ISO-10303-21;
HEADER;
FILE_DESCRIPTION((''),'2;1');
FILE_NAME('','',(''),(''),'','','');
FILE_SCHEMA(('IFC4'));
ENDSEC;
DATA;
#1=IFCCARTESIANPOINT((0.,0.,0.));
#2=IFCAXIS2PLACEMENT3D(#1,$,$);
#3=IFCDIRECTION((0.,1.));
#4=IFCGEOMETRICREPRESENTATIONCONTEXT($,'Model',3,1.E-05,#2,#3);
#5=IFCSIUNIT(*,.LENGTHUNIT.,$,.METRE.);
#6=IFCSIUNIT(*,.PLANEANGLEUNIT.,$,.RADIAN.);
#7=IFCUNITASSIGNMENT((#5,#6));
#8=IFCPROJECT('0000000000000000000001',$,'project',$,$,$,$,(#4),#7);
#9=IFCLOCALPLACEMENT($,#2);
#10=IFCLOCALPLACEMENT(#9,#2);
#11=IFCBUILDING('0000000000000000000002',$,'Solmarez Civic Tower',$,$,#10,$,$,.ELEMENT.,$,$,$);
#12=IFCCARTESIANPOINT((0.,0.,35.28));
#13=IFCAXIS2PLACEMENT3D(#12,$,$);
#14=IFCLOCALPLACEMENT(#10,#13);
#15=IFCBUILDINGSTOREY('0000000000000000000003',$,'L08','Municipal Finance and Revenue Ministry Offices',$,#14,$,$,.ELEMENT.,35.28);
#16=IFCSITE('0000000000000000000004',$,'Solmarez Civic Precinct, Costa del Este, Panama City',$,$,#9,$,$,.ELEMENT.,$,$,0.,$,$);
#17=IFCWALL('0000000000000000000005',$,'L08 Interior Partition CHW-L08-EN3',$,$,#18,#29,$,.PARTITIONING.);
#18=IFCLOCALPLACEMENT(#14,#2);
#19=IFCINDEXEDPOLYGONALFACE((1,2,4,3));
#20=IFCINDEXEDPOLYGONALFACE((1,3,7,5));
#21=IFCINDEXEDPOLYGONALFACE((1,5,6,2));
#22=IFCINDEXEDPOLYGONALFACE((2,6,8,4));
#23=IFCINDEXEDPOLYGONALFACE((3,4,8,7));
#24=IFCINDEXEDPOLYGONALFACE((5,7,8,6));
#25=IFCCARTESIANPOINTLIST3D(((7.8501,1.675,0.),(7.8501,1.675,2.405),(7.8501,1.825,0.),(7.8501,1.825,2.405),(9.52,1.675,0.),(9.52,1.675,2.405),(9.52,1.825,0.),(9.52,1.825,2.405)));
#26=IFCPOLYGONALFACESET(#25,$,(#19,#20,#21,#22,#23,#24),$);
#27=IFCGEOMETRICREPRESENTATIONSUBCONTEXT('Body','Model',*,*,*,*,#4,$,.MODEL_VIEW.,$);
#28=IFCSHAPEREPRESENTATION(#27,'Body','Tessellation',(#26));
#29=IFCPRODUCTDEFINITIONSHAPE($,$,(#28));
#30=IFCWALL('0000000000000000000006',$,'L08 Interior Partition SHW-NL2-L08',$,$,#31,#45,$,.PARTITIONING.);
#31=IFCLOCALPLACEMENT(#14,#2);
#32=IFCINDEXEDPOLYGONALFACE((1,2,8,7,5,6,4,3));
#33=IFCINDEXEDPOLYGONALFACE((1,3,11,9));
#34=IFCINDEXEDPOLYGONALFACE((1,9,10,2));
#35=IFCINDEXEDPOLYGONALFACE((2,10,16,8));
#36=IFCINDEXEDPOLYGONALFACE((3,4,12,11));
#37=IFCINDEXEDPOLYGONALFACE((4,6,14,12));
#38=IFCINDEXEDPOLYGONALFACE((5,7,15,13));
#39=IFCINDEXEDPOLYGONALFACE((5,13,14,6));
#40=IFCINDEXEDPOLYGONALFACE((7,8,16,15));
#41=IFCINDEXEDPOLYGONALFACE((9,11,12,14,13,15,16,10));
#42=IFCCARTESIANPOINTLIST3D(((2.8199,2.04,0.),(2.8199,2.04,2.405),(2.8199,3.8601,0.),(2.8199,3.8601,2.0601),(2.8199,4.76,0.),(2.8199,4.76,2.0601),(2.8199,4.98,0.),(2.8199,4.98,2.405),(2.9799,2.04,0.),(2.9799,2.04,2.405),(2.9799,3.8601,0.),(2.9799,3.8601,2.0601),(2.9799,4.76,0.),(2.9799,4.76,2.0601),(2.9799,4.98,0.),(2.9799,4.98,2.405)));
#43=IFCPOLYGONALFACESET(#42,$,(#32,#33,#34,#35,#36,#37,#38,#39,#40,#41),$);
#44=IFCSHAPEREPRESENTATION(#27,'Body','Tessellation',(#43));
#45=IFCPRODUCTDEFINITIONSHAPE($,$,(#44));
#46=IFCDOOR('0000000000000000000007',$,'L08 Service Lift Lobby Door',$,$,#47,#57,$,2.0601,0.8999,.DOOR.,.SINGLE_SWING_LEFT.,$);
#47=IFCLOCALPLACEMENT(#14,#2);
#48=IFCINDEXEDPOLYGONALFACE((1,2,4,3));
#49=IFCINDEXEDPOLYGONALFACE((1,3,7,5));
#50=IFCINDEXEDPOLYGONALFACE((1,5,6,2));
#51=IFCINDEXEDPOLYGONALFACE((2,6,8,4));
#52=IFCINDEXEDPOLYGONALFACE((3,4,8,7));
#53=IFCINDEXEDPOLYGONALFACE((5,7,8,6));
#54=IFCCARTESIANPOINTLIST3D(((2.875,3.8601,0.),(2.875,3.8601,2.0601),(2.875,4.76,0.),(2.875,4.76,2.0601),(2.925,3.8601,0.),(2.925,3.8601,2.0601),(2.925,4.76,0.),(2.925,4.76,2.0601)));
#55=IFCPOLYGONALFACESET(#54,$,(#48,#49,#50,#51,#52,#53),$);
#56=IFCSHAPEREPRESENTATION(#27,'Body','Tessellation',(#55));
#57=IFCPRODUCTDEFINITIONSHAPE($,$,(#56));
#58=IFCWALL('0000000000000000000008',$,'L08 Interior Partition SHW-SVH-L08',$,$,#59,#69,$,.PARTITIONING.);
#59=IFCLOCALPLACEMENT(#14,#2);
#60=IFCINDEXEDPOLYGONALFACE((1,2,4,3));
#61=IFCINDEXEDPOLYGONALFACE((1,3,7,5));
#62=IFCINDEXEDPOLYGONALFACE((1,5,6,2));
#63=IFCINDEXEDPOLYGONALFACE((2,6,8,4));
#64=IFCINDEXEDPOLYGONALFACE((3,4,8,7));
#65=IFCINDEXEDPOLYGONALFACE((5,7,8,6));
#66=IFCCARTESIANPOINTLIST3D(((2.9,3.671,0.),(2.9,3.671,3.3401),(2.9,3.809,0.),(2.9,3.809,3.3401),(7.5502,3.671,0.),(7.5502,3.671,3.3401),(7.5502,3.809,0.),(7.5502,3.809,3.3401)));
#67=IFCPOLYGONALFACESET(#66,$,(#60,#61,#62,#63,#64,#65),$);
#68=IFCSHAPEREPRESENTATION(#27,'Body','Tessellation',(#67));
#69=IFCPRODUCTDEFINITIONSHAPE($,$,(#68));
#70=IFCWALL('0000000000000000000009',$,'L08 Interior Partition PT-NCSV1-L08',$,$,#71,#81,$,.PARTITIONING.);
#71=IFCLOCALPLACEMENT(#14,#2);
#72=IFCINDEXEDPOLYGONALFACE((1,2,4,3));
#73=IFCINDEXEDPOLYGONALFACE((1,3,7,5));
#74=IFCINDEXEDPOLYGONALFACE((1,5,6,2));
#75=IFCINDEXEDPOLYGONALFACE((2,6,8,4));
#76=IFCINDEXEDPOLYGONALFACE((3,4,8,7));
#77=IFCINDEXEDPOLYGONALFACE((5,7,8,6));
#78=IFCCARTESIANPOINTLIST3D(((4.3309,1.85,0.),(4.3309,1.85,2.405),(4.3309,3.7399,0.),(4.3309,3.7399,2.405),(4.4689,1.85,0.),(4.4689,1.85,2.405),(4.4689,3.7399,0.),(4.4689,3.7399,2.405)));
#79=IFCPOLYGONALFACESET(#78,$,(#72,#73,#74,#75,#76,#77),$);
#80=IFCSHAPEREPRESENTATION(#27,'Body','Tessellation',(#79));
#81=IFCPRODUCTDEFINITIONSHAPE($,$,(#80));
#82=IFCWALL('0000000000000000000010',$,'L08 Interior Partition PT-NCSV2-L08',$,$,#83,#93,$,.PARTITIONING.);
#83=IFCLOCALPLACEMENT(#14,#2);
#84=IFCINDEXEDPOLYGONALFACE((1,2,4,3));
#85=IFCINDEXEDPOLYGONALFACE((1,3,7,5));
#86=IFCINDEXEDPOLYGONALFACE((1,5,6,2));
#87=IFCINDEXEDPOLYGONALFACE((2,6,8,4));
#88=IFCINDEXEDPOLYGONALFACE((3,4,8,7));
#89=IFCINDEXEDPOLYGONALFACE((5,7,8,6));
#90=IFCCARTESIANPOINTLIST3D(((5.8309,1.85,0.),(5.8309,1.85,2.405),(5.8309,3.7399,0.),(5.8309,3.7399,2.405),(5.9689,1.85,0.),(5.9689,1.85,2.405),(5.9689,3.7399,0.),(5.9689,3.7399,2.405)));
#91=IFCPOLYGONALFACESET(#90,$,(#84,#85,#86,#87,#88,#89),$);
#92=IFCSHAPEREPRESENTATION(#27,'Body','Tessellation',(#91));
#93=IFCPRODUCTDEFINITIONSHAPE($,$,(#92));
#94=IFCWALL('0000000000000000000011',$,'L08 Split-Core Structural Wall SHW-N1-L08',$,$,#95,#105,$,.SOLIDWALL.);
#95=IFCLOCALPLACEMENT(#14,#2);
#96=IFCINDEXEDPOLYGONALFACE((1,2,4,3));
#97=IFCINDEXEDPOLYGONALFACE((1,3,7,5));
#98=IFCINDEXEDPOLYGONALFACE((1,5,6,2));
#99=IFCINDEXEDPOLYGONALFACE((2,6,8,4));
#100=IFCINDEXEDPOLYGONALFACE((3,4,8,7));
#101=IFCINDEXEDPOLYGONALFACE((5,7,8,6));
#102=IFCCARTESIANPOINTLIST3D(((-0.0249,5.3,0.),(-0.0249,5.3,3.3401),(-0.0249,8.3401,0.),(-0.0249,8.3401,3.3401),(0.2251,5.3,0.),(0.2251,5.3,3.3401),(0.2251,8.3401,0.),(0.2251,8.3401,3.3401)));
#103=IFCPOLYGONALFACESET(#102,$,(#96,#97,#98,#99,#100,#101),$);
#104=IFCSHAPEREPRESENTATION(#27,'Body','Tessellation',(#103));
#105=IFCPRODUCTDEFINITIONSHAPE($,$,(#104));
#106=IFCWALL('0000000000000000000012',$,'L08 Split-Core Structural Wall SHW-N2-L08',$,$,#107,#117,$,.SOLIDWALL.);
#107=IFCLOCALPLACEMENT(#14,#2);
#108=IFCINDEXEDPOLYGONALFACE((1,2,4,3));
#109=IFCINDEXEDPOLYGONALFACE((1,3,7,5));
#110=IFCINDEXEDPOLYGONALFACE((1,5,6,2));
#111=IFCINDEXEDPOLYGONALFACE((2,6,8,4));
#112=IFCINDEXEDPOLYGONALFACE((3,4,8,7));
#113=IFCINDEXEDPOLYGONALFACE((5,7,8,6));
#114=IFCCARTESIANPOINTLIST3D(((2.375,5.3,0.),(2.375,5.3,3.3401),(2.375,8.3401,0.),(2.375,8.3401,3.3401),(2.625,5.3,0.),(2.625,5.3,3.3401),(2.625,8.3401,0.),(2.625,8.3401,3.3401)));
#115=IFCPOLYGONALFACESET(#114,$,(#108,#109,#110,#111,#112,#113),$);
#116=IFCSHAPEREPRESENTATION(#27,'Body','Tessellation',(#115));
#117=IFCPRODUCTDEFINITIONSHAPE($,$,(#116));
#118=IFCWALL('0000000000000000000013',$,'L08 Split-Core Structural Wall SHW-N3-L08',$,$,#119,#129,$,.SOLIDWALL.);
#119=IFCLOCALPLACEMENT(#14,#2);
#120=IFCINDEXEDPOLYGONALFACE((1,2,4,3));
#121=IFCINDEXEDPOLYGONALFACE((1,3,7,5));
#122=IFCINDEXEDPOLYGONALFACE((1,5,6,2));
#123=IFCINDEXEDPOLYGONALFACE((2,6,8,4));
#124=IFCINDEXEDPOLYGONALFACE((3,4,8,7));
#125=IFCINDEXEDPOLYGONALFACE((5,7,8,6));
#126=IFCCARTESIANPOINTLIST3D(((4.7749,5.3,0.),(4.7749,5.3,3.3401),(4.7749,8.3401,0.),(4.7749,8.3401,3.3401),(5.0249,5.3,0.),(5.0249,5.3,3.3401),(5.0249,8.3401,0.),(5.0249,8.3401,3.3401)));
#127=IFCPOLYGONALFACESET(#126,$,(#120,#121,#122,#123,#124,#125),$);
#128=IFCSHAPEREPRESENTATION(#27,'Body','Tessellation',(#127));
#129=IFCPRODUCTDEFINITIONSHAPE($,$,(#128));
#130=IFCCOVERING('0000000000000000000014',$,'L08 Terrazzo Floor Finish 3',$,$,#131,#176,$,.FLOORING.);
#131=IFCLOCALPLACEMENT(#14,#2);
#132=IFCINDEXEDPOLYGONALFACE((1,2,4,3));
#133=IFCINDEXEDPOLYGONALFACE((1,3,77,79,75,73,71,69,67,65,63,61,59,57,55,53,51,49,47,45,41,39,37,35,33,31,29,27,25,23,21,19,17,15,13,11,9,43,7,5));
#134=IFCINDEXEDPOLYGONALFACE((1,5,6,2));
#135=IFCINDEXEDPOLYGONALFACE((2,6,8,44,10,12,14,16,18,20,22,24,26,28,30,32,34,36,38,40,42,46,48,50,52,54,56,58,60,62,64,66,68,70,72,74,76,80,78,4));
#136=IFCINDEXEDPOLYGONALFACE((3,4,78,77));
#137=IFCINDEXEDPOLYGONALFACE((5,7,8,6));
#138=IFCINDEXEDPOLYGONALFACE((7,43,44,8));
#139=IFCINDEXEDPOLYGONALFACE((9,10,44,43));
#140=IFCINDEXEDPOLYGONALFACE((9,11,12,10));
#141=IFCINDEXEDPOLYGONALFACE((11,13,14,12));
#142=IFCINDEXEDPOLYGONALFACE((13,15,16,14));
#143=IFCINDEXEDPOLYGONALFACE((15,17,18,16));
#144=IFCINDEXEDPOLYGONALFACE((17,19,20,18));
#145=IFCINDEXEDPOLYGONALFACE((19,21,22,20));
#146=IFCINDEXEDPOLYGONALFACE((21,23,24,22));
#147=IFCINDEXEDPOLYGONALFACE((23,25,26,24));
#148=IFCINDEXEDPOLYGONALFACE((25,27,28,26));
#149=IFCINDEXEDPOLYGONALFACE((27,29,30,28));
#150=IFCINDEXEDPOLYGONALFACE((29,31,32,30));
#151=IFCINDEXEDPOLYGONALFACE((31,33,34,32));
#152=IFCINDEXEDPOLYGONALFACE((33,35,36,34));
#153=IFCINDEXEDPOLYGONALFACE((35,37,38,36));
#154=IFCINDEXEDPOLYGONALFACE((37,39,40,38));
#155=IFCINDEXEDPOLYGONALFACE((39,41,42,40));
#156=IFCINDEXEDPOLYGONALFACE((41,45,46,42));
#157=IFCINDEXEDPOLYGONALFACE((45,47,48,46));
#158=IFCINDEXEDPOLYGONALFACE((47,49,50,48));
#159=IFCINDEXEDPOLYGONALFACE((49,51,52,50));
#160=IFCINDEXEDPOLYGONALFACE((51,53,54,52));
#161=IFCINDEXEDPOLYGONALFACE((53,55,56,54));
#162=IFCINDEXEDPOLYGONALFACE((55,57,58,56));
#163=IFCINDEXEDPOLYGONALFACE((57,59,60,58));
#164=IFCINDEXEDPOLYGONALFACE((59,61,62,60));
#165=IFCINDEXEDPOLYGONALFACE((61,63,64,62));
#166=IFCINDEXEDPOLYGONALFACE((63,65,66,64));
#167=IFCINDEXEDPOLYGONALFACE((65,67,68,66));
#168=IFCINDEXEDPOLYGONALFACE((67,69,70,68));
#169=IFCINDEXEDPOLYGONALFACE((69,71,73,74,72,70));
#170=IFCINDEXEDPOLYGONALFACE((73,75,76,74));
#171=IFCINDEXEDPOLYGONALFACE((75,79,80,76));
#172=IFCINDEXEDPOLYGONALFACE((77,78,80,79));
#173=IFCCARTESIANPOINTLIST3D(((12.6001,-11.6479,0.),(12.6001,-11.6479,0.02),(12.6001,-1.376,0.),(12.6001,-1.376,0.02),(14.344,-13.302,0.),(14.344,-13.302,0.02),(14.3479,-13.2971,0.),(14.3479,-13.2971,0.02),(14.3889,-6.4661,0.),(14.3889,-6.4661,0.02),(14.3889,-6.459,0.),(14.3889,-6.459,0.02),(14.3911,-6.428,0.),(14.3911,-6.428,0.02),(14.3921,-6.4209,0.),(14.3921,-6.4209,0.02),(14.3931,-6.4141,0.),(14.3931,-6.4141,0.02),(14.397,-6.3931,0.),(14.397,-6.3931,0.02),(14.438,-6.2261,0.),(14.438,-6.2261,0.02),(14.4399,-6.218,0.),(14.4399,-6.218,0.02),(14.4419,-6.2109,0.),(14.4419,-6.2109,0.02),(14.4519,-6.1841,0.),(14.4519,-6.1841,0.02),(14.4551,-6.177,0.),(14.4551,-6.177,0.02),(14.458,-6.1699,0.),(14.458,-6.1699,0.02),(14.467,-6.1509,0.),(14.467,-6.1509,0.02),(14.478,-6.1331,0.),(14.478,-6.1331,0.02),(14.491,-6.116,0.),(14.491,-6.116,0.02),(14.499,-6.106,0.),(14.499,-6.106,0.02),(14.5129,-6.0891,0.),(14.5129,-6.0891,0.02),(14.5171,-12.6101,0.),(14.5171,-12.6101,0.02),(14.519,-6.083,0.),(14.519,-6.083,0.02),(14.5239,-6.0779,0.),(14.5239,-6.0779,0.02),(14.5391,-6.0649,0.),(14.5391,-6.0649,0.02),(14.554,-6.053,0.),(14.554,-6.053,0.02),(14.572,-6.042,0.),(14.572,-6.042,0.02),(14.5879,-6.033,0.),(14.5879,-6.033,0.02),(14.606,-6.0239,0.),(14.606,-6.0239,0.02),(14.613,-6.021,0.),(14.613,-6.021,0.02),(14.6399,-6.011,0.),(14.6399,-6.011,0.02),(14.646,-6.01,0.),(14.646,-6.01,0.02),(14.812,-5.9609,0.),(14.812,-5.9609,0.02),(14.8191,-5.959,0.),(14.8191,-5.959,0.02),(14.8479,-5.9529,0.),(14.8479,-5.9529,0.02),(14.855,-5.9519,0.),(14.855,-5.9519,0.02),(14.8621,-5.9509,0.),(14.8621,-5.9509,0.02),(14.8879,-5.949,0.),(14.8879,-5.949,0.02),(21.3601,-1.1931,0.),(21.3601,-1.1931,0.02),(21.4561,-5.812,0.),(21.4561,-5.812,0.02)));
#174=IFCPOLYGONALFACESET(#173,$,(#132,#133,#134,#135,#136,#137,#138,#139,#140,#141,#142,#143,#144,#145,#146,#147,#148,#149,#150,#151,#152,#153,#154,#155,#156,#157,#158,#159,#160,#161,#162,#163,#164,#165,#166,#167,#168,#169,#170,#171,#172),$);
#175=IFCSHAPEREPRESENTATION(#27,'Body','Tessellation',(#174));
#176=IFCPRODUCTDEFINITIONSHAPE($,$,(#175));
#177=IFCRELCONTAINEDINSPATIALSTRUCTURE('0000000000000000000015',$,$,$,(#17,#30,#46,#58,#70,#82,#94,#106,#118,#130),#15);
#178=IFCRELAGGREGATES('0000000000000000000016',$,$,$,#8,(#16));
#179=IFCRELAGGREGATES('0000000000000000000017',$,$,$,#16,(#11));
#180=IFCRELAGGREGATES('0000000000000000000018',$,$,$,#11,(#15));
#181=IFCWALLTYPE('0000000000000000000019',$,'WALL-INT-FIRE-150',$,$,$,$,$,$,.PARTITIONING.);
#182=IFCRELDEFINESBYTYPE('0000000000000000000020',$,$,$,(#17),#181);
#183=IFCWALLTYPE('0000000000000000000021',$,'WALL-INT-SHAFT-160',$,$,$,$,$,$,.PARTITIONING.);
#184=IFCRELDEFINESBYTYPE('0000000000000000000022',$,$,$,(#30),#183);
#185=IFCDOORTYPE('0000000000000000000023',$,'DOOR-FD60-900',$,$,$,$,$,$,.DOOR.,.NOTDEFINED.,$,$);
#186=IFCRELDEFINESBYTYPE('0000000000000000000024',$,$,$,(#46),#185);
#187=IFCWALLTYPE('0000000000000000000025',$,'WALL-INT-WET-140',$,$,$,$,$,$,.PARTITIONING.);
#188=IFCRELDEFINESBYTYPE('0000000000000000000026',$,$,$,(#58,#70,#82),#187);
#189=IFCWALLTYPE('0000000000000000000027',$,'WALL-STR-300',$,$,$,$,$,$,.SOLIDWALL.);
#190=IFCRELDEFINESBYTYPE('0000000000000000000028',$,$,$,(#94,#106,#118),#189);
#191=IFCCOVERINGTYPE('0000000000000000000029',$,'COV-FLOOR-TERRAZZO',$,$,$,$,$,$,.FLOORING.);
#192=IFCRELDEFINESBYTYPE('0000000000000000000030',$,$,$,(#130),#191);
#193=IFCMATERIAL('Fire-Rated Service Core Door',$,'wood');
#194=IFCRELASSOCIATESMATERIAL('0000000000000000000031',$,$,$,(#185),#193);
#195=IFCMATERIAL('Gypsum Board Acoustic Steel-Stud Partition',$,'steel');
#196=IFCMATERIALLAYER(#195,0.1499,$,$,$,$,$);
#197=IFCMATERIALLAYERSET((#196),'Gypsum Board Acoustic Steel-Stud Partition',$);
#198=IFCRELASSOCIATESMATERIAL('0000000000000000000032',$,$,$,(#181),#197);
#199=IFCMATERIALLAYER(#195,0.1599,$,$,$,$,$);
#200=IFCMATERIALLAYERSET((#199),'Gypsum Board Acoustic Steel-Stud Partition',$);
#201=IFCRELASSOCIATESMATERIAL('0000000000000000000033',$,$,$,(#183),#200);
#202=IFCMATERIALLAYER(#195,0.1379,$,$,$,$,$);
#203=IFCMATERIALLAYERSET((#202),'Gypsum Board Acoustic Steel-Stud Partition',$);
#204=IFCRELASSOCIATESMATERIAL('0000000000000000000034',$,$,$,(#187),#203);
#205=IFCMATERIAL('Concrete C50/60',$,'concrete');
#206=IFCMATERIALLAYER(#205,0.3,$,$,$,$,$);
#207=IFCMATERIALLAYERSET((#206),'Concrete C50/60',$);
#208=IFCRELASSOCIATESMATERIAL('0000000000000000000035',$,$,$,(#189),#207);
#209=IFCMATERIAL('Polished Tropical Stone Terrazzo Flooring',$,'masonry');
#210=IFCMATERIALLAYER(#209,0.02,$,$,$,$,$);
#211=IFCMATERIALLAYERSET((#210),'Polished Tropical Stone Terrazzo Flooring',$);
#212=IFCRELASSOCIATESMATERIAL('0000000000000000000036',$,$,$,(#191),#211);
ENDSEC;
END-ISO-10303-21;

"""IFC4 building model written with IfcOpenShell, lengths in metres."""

from ifc_helpers import new_model, si_unit, direction, frame, frame_2d, origin, place, context, subcontext, project, spatial, polyline, rectangle, outline, extrude, material, layer, layer_set, type_object, element, fill, save


model = new_model("IFC4")

# Units and contexts
model_context = context("Model", 3, precision=1e-05, world=origin(), true_north=direction((0.0, 1.0)))
body_context = subcontext(model_context, "Body", "Model", "MODEL_VIEW")
ifc_project = project(units=[si_unit("LENGTHUNIT", "METRE"), si_unit("PLANEANGLEUNIT", "RADIAN")], contexts=[model_context])

# Site, building, storey
site_placement = place(None, origin())
site = spatial("IfcSite", under=ifc_project, at=site_placement, Name="Solmarez Civic Precinct, Costa del Este, Panama City", CompositionType="ELEMENT", RefElevation=0.0)
building_placement = place(site_placement, origin())
building = spatial("IfcBuilding", under=site, at=building_placement, Name="Solmarez Civic Tower", CompositionType="ELEMENT")
storey_placement = place(building_placement, frame((0.0, 0.0, 35.28)))
storey = spatial("IfcBuildingStorey", under=building, at=storey_placement, Name="L08", Description="Municipal Finance and Revenue Ministry Offices", CompositionType="ELEMENT", Elevation=35.28)

# Shared definitions
ifc_material_1 = material(Name="Fire-Rated Service Core Door", Category="wood")
door_type_1 = type_object("IfcDoorType", Name="DOOR-FD60-900", OperationType="NOTDEFINED", PredefinedType="DOOR", material=ifc_material_1)

# Wall
ifc_material_2 = material(Name="Gypsum Board Acoustic Steel-Stud Partition", Category="steel")
ifc_layer_1 = layer(ifc_material_2, 0.1499)
ifc_layer_set_1 = layer_set([ifc_layer_1], Name="Gypsum Board Acoustic Steel-Stud Partition")
wall_type_1 = type_object("IfcWallType", Name="WALL-INT-FIRE-150", PredefinedType="PARTITIONING", material=ifc_layer_set_1)
wall_1_placement = place(storey_placement, frame((7.8501, 1.75, 0.0), z_axis=(0.0, 0.0, 1.0), x_axis=(1.0, 0.0, 0.0)))
element("IfcWall", 1, at=wall_1_placement, inside=storey, type_object=wall_type_1, Name="L08 Interior Partition CHW-L08-EN3", PredefinedType="PARTITIONING", context=body_context, shape_type="SweptSolid", body=[
    extrude(rectangle(XDim=1.6699, YDim=0.1499, at=frame_2d((0.835, 0.0))), origin(), (0.0, 0.0, 1.0), 2.405),
])

# Wall, opening, door
ifc_layer_2 = layer(ifc_material_2, 0.1599)
ifc_layer_set_2 = layer_set([ifc_layer_2], Name="Gypsum Board Acoustic Steel-Stud Partition")
wall_type_2 = type_object("IfcWallType", Name="WALL-INT-SHAFT-160", PredefinedType="PARTITIONING", material=ifc_layer_set_2)
wall_2_placement = place(storey_placement, frame((2.8999, 2.04, 0.0), z_axis=(0.0, 0.0, 1.0), x_axis=(0.0, 1.0, 0.0)))
wall_2 = element("IfcWall", 2, at=wall_2_placement, inside=storey, type_object=wall_type_2, Name="L08 Interior Partition SHW-NL2-L08", PredefinedType="PARTITIONING", context=body_context, shape_type="SweptSolid", body=[
    extrude(rectangle(XDim=2.9399, YDim=0.1599, at=frame_2d((1.47, 0.0))), origin(), (0.0, 0.0, 1.0), 2.405),
])
opening_1_placement = place(wall_2_placement, frame((1.8201, 0.0, 0.0)))
opening_1 = element("IfcOpeningElement", 3, at=opening_1_placement, cuts=wall_2, PredefinedType="OPENING", context=body_context, shape_type="SweptSolid", body=[
    extrude(rectangle(XDim=0.8999, YDim=2.0601, at=frame_2d((0.45, 1.03))), frame((0.0, 0.0898, 0.0), z_axis=(0.0, -1.0, 0.0), x_axis=(1.0, 0.0, 0.0)), (0.0, 0.0, 1.0), 0.1799),
])
door_1_placement = place(opening_1_placement, origin())
door_1 = element("IfcDoor", 4, at=door_1_placement, inside=storey, type_object=door_type_1, Name="L08 Service Lift Lobby Door", OperationType="SINGLE_SWING_LEFT", OverallHeight=2.0601, OverallWidth=0.8999, PredefinedType="DOOR", context=body_context, shape_type="SweptSolid", body=[
    extrude(rectangle(XDim=0.8999, YDim=2.0601, at=frame_2d((0.45, 1.03))), frame((0.0, 0.0249, 0.0), z_axis=(0.0, -1.0, 0.0), x_axis=(1.0, 0.0, 0.0)), (0.0, 0.0, 1.0), 0.05),
])
fill(opening_1, door_1)

# Walls
ifc_layer_3 = layer(ifc_material_2, 0.1379)
ifc_layer_set_3 = layer_set([ifc_layer_3], Name="Gypsum Board Acoustic Steel-Stud Partition")
wall_type_3 = type_object("IfcWallType", Name="WALL-INT-WET-140", PredefinedType="PARTITIONING", material=ifc_layer_set_3)
wall_3_placement = place(storey_placement, frame((2.8999, 3.74, 0.0), z_axis=(0.0, 0.0, 1.0), x_axis=(1.0, 0.0, 0.0)))
element("IfcWall", 5, at=wall_3_placement, inside=storey, type_object=wall_type_3, Name="L08 Interior Partition SHW-SVH-L08", PredefinedType="PARTITIONING", context=body_context, shape_type="SweptSolid", body=[
    extrude(rectangle(XDim=4.6501, YDim=0.1379, at=frame_2d((2.3252, 0.0))), origin(), (0.0, 0.0, 1.0), 3.3401),
])
for number, where, z_axis, x_axis, name in (
    (6, (4.3999, 1.8501, 0.0), (0.0, 0.0, 1.0), (0.0, 1.0, 0.0), "L08 Interior Partition PT-NCSV1-L08"),
    (7, (5.8999, 1.8501, 0.0), (0.0, 0.0, 1.0), (0.0, 1.0, 0.0), "L08 Interior Partition PT-NCSV2-L08"),
):
    element("IfcWall", number, at=place(storey_placement, frame(where, z_axis=z_axis, x_axis=x_axis)), inside=storey, type_object=wall_type_3, Name=name, PredefinedType="PARTITIONING", context=body_context, shape_type="SweptSolid", body=[
        extrude(rectangle(XDim=1.8899, YDim=0.1379, at=frame_2d((0.9448, 0.0))), origin(), (0.0, 0.0, 1.0), 2.405),
    ])

# Shared definitions
ifc_material_3 = material(Name="Concrete C50/60", Category="concrete")
ifc_layer_4 = layer(ifc_material_3, 0.3)
ifc_layer_set_4 = layer_set([ifc_layer_4], Name="Concrete C50/60")
wall_type_4 = type_object("IfcWallType", Name="WALL-STR-300", PredefinedType="SOLIDWALL", material=ifc_layer_set_4)

# Walls
for number, where, z_axis, x_axis, name in (
    (8, (0.1001, 5.3, 0.0), (0.0, 0.0, 1.0), (0.0, 1.0, 0.0), "L08 Split-Core Structural Wall SHW-N1-L08"),
    (9, (2.5, 5.3, 0.0), (0.0, 0.0, 1.0), (0.0, 1.0, 0.0), "L08 Split-Core Structural Wall SHW-N2-L08"),
    (10, (4.8999, 5.3, 0.0), (0.0, 0.0, 1.0), (0.0, 1.0, 0.0), "L08 Split-Core Structural Wall SHW-N3-L08"),
):
    element("IfcWall", number, at=place(storey_placement, frame(where, z_axis=z_axis, x_axis=x_axis)), inside=storey, type_object=wall_type_4, Name=name, PredefinedType="SOLIDWALL", context=body_context, shape_type="SweptSolid", body=[
        extrude(rectangle(XDim=3.04, YDim=0.25, at=frame_2d((1.52, 0.0))), origin(), (0.0, 0.0, 1.0), 3.3401),
    ])

# Covering
ifc_material_4 = material(Name="Polished Tropical Stone Terrazzo Flooring", Category="masonry")
ifc_layer_5 = layer(ifc_material_4, 0.02)
ifc_layer_set_5 = layer_set([ifc_layer_5], Name="Polished Tropical Stone Terrazzo Flooring")
covering_type = type_object("IfcCoveringType", Name="COV-FLOOR-TERRAZZO", PredefinedType="FLOORING", material=ifc_layer_set_5)
covering_placement = place(storey_placement, origin())
element("IfcCovering", 11, at=covering_placement, inside=storey, type_object=covering_type, Name="L08 Terrazzo Floor Finish 3", PredefinedType="FLOORING", context=body_context, shape_type="SweptSolid", body=[
    extrude(outline(polyline([(12.6001, -1.376), (12.6001, -11.6479), (14.344, -13.302), (14.3479, -13.2971), (14.5171, -12.6101), (14.3889, -6.4661), (14.3889, -6.459), (14.3911, -6.428), (14.3921, -6.4209), (14.3931, -6.4141), (14.397, -6.3931), (14.438, -6.2261), (14.4399, -6.218), (14.4419, -6.2109), (14.4519, -6.1841), (14.4551, -6.177), (14.458, -6.1699), (14.467, -6.1509), (14.478, -6.1331), (14.491, -6.116), (14.499, -6.106), (14.5129, -6.0891), (14.519, -6.083), (14.5239, -6.0779), (14.5391, -6.0649), (14.554, -6.053), (14.572, -6.042), (14.5879, -6.033), (14.606, -6.0239), (14.613, -6.021), (14.6399, -6.011), (14.646, -6.01), (14.812, -5.9609), (14.8191, -5.959), (14.8479, -5.9529), (14.855, -5.9519), (14.8621, -5.9509), (14.8879, -5.949), (21.4561, -5.812), (21.3601, -1.1931), (12.6001, -1.376)])), origin(), (0.0, 0.0, 1.0), 0.02),
])

save(model, "model.ifc")
